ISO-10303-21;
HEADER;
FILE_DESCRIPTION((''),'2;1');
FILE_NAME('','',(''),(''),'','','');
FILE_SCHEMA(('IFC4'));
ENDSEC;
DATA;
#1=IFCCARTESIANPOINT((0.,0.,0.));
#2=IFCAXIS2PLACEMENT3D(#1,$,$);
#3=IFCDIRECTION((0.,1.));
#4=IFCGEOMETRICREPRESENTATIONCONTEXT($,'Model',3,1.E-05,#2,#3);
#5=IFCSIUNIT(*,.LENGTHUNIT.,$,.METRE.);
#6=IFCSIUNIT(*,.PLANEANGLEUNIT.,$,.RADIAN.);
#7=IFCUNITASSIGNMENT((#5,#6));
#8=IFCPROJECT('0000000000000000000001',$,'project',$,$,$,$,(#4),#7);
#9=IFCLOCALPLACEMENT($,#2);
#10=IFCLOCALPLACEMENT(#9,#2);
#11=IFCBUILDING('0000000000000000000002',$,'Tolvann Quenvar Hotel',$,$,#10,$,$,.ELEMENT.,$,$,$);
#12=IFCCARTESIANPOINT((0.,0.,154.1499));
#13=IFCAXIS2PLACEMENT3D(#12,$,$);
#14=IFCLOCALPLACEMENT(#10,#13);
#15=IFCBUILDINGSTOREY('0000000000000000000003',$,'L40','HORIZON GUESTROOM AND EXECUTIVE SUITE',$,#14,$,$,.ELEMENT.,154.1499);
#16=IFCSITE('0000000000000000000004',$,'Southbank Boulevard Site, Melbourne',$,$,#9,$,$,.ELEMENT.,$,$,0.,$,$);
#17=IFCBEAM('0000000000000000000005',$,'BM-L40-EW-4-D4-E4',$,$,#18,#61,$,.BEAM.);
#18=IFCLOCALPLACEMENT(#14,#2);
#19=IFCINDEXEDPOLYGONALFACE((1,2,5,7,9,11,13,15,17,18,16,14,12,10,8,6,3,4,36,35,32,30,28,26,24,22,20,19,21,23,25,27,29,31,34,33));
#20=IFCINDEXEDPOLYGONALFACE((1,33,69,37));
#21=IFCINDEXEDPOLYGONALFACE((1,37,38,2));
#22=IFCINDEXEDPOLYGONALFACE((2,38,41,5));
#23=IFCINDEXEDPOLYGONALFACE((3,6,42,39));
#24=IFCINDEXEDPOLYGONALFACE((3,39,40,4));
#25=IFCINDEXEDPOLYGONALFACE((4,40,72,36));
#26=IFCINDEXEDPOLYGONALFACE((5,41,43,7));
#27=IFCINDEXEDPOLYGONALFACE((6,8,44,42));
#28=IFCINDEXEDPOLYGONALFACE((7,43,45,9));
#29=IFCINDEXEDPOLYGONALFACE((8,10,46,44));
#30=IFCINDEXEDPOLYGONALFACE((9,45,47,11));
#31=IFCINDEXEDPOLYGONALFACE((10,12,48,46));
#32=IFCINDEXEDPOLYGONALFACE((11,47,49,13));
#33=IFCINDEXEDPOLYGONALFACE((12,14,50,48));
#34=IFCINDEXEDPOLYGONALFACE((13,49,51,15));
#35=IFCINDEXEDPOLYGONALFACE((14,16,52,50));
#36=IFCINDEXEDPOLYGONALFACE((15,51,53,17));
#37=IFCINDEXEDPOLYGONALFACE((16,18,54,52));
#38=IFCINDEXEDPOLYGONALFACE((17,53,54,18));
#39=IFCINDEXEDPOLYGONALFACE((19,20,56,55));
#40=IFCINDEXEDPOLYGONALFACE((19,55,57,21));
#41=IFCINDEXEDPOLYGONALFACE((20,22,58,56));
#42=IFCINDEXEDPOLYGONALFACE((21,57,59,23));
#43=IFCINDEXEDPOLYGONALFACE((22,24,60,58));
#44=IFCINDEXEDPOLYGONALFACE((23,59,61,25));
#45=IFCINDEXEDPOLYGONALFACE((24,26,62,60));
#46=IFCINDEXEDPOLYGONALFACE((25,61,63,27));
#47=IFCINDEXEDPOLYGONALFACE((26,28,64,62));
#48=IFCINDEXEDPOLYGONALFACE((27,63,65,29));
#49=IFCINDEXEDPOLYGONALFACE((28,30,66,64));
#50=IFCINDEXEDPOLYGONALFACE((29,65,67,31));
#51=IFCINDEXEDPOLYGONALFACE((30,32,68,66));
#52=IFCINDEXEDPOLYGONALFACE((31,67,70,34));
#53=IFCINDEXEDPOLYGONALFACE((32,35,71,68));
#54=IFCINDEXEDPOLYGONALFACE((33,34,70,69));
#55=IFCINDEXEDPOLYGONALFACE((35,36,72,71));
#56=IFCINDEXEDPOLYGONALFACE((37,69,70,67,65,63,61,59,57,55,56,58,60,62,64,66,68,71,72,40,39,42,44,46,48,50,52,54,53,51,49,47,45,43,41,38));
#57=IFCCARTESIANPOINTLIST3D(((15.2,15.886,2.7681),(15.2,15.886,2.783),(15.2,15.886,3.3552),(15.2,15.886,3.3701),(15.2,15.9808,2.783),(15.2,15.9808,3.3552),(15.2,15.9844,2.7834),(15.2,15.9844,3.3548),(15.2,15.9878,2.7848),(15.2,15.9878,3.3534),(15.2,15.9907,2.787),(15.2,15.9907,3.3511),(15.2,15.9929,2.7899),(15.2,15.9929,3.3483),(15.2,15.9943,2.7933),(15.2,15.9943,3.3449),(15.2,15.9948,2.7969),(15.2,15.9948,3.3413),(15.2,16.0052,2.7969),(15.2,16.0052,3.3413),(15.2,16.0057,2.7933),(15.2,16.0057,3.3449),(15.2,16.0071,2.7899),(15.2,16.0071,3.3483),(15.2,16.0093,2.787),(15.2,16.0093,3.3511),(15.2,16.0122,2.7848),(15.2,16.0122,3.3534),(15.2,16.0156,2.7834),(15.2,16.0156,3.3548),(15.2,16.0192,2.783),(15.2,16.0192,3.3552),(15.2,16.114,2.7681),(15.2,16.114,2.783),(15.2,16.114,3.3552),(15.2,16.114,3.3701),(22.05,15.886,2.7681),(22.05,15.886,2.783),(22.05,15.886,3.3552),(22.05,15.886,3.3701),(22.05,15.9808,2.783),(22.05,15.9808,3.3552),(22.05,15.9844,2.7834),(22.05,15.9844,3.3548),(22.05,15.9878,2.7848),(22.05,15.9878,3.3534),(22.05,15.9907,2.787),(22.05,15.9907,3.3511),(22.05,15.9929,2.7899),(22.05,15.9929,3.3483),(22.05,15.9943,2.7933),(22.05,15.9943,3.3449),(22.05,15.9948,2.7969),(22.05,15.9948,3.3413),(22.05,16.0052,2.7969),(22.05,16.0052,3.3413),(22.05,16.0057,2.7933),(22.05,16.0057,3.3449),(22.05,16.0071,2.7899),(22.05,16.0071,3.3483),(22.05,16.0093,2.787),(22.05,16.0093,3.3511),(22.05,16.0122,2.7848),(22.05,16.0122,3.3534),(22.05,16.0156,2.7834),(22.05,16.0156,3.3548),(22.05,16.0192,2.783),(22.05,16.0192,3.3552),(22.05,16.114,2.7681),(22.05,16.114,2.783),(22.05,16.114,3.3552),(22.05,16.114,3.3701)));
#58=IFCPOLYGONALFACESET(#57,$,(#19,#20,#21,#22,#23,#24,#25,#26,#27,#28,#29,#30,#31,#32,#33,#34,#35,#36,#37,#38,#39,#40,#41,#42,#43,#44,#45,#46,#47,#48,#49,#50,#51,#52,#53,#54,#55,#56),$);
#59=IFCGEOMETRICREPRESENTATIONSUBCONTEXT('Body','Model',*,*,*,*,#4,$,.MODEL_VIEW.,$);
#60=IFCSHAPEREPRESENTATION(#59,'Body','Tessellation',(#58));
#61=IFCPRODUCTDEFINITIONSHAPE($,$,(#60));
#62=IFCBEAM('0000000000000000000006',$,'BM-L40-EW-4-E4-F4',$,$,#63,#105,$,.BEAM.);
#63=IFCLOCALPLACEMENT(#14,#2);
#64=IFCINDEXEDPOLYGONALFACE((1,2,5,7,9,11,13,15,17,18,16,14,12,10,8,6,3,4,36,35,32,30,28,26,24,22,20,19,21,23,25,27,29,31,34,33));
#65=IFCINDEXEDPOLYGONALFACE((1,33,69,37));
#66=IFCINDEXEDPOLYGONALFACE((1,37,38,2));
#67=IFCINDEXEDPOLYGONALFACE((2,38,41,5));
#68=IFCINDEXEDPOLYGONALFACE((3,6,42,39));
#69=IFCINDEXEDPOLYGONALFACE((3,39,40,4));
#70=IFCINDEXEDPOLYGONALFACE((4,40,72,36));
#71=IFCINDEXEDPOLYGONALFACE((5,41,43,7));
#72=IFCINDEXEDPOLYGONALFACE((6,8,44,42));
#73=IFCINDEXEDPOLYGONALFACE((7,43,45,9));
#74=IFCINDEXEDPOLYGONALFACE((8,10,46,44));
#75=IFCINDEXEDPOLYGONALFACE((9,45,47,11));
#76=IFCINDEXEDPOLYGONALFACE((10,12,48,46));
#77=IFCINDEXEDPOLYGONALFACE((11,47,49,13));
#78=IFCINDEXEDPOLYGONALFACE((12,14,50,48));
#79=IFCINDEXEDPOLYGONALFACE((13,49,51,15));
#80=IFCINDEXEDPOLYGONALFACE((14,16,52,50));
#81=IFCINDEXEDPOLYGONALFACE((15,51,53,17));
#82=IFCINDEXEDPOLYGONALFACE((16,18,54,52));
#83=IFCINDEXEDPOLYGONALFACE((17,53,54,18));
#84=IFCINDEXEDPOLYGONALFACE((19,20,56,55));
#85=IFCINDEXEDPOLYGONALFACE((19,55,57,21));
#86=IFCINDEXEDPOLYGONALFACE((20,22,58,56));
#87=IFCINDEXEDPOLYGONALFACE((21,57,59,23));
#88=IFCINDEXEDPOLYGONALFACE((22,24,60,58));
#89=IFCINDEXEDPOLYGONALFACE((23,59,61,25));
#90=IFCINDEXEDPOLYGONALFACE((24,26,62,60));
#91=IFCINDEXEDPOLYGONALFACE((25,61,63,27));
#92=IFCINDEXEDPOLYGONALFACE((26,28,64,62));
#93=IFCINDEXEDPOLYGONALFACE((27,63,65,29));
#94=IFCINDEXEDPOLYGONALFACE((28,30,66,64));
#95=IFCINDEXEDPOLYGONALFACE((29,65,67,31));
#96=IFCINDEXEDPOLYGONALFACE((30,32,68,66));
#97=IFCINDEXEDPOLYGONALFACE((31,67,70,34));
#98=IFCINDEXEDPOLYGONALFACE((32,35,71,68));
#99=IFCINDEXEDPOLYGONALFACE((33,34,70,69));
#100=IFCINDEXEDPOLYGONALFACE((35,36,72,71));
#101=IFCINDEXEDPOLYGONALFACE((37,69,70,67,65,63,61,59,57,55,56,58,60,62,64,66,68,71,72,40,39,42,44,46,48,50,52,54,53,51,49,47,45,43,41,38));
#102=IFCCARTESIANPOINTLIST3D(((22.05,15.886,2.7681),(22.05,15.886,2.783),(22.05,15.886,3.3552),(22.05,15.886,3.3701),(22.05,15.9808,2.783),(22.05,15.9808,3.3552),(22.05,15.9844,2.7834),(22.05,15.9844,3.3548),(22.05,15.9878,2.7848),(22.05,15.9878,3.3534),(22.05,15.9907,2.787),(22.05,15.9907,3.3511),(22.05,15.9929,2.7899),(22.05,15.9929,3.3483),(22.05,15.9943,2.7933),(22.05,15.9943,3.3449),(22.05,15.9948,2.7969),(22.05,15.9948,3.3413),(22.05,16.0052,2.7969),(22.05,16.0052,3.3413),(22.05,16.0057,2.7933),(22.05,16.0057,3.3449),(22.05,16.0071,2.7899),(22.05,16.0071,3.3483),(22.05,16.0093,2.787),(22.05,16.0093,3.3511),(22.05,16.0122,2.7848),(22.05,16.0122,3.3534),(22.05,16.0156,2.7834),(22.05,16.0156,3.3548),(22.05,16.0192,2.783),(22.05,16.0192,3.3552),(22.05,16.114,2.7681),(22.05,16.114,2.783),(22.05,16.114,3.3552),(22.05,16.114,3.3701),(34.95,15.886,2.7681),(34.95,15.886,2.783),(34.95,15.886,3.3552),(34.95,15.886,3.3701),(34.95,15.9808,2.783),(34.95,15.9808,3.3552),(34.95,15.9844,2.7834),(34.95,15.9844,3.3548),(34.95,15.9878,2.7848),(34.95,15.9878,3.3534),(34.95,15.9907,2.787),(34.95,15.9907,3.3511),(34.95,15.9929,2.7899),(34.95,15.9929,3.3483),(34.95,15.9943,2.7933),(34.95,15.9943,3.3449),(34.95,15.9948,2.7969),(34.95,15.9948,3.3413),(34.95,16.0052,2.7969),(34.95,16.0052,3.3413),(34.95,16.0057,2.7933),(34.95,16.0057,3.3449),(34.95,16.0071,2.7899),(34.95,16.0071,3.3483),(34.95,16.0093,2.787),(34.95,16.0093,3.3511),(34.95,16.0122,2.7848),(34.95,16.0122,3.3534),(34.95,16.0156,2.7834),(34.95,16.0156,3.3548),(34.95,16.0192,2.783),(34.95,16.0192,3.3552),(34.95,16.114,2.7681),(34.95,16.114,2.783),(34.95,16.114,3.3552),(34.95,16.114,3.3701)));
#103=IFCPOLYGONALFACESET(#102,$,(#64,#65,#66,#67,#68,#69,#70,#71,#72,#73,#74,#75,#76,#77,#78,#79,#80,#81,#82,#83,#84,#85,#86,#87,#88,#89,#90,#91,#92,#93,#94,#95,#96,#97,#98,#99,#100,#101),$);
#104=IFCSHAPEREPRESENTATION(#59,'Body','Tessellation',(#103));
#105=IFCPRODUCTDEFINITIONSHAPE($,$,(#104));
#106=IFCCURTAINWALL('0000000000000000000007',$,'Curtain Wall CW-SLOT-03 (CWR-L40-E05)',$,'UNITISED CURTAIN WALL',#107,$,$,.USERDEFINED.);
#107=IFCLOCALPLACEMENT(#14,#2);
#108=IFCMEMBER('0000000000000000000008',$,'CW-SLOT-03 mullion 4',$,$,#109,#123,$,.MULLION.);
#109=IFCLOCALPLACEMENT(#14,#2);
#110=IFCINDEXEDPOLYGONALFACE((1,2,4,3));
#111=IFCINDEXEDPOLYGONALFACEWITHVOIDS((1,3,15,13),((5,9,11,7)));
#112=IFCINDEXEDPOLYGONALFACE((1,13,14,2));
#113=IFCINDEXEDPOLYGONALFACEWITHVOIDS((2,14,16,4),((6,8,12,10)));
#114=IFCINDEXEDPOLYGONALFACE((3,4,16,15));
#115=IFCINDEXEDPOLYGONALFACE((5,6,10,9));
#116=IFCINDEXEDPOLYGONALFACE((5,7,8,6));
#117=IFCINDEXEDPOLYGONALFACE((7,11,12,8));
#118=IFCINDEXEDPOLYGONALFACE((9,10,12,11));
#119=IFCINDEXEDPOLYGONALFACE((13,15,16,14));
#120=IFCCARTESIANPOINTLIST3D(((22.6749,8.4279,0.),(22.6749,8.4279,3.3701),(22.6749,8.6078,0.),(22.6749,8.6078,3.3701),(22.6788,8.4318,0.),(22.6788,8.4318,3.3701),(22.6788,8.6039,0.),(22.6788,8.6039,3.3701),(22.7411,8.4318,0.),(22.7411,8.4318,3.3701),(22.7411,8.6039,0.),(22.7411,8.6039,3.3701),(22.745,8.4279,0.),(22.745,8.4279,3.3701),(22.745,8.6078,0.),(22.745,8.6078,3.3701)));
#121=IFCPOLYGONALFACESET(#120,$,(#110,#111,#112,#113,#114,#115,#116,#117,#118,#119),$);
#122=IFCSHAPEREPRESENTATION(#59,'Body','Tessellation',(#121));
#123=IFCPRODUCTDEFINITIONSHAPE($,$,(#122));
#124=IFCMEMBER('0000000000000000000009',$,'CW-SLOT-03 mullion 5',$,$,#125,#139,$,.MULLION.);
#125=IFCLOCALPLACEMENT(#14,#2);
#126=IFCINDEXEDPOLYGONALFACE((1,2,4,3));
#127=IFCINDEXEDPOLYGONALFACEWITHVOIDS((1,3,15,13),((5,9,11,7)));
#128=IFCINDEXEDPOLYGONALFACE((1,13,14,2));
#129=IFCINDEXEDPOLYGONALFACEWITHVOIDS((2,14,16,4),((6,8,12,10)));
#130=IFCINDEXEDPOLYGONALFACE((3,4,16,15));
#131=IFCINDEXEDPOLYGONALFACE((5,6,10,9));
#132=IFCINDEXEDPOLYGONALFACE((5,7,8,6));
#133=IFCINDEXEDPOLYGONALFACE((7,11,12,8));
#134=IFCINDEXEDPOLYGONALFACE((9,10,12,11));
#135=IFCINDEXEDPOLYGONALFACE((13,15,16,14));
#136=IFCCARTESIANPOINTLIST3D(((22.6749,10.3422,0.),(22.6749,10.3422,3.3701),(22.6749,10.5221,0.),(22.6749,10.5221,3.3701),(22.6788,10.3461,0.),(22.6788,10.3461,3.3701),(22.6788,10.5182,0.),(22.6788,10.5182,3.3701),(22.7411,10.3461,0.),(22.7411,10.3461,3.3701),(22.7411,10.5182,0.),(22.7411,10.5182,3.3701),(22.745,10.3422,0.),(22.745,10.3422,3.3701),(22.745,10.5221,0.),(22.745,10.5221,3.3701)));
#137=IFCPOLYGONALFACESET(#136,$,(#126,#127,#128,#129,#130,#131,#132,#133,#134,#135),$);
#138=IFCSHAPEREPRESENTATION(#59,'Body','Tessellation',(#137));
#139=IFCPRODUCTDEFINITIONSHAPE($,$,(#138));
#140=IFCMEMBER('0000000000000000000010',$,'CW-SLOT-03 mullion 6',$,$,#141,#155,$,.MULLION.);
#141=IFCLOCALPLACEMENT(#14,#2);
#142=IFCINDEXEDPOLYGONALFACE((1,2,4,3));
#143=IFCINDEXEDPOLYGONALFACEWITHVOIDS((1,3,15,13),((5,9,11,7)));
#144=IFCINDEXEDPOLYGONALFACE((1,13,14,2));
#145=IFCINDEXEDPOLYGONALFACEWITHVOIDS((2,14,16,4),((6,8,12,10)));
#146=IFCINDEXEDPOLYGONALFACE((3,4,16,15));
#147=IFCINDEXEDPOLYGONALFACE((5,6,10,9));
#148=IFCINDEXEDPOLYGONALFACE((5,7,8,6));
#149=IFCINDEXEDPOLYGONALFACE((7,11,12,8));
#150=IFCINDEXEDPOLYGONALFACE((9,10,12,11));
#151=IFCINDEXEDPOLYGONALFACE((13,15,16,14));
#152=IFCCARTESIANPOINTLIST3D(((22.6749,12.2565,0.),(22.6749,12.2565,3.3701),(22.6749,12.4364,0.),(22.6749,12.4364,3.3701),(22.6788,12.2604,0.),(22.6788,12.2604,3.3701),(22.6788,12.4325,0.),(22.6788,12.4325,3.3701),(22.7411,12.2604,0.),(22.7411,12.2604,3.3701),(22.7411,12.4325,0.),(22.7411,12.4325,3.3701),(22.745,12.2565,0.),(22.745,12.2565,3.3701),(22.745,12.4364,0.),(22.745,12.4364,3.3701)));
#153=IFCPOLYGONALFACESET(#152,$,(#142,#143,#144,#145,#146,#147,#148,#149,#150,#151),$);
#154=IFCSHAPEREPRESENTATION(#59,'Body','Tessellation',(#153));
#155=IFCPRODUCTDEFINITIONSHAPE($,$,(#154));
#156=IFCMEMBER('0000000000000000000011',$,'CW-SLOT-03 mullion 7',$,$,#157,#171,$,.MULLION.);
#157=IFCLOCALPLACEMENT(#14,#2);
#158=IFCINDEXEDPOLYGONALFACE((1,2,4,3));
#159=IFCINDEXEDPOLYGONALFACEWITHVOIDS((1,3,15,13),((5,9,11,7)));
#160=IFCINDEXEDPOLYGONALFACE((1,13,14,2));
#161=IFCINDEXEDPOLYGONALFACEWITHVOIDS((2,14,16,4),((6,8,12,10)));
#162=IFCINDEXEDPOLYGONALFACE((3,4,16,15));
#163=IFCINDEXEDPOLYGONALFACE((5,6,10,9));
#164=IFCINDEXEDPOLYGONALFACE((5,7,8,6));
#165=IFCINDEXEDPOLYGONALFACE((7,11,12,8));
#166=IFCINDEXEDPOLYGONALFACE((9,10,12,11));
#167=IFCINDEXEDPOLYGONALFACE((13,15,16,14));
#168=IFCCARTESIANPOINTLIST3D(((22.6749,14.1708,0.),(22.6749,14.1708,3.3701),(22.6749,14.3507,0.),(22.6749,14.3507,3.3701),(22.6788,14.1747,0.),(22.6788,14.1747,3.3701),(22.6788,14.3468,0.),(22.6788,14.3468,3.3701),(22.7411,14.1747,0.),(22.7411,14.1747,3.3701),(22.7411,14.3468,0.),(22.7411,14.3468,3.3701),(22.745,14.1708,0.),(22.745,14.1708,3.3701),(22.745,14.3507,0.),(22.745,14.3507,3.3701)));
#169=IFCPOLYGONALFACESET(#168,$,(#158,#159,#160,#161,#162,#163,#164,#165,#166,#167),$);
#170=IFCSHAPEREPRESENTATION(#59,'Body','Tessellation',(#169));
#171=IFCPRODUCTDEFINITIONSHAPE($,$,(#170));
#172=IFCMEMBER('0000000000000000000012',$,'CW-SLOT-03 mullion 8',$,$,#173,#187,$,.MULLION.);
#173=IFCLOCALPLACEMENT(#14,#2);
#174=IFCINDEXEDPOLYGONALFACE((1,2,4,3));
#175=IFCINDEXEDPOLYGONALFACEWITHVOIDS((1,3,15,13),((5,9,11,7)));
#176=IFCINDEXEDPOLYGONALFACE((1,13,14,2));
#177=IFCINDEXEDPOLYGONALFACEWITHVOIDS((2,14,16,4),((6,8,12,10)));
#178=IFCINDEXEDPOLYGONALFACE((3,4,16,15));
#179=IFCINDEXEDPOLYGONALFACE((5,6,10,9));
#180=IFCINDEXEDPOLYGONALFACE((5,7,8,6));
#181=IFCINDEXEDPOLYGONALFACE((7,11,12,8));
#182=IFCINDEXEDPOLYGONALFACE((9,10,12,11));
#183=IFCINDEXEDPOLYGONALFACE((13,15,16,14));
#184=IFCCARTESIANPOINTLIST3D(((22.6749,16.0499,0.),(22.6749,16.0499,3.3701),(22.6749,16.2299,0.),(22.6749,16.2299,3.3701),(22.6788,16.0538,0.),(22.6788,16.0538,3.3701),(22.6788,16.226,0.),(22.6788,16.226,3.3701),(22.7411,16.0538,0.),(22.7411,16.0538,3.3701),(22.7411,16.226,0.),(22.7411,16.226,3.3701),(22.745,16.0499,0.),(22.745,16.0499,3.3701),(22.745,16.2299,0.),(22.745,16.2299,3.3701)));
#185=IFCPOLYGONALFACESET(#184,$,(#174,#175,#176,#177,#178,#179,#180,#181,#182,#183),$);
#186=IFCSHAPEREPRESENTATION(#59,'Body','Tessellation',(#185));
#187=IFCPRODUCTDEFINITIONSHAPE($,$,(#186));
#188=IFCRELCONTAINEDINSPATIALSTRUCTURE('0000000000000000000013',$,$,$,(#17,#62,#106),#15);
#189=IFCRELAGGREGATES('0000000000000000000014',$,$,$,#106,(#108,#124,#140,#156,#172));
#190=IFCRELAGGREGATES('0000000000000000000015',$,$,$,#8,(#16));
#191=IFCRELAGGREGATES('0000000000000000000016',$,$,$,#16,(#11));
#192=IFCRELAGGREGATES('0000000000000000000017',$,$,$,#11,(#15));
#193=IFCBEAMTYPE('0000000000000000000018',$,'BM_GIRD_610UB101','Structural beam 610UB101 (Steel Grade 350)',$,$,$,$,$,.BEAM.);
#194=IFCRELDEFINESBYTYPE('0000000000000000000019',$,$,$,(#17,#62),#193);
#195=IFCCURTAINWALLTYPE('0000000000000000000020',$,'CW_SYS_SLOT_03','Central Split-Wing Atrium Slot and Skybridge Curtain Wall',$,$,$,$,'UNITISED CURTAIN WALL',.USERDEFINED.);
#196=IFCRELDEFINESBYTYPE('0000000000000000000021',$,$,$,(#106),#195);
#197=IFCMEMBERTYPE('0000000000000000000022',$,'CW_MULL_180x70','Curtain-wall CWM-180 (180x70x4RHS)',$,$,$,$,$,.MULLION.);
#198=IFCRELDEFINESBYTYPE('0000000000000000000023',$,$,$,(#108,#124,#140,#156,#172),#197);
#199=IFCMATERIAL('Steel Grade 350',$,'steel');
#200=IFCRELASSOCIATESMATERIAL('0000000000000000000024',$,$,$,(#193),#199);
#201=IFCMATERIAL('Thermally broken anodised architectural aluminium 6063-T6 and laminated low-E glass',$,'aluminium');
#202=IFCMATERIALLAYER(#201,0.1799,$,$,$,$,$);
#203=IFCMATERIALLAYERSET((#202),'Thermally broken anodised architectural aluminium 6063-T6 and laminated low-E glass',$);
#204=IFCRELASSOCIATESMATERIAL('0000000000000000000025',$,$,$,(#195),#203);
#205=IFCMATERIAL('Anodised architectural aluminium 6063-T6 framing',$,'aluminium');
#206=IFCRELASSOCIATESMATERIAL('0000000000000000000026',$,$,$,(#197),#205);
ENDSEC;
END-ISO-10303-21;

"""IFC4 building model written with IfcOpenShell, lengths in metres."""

from ifc_helpers import new_model, si_unit, direction, frame, origin, origin_2d, place, context, subcontext, project, spatial, hollow_rectangle, i_section, extrude, source, transform, mapped, material, layer, layer_set, material_profile, profile_set, type_object, type_shapes, element, aggregate, save


model = new_model("IFC4")

# Units and contexts
model_context = context("Model", 3, precision=1e-05, world=origin(), true_north=direction((0.0, 1.0)))
body_context = subcontext(model_context, "Body", "Model", "MODEL_VIEW")
ifc_project = project(units=[si_unit("LENGTHUNIT", "METRE"), si_unit("PLANEANGLEUNIT", "RADIAN")], contexts=[model_context])

# Site, building, storey
site_placement = place(None, origin())
site = spatial("IfcSite", under=ifc_project, at=site_placement, Name="Southbank Boulevard Site, Melbourne", CompositionType="ELEMENT", RefElevation=0.0)
building_placement = place(site_placement, origin())
building = spatial("IfcBuilding", under=site, at=building_placement, Name="Tolvann Quenvar Hotel", CompositionType="ELEMENT")
storey_placement = place(building_placement, frame((0.0, 0.0, 154.1499)))
storey = spatial("IfcBuildingStorey", under=building, at=storey_placement, Name="L40", Description="HORIZON GUESTROOM AND EXECUTIVE SUITE", CompositionType="ELEMENT", Elevation=154.1499)

# Shared definitions
ifc_material_1 = material(Name="Steel Grade 350", Category="steel")

# Beams
ifc_material_profile_1 = material_profile(ifc_material_1, i_section(OverallWidth=0.228, OverallDepth=0.6021, WebThickness=0.0105, FlangeThickness=0.0149, FilletRadius=0.0139, at=origin_2d()), Name="610UB101")
ifc_profile_set_1 = profile_set([ifc_material_profile_1], Name="Steel Grade 350")
beam_type_1 = type_object("IfcBeamType", Name="BM_GIRD_610UB101", Description="Structural beam 610UB101 (Steel Grade 350)", PredefinedType="BEAM", material=ifc_profile_set_1)
shared_shape_1 = source(origin(), body_context, "Body", "SweptSolid", [
    extrude(i_section(OverallWidth=0.228, OverallDepth=0.6021, WebThickness=0.0105, FlangeThickness=0.0149, FilletRadius=0.0139, at=origin_2d()), origin(), (0.0, 0.0, 1.0), 6.8501),
])
beam_1_placement = place(storey_placement, frame((15.2, 16.0, 3.0691), z_axis=(1.0, 0.0, 0.0), x_axis=(0.0, 1.0, 0.0)))
element("IfcBeam", 1, at=beam_1_placement, inside=storey, type_object=beam_type_1, Name="BM-L40-EW-4-D4-E4", PredefinedType="BEAM", context=body_context, shape_type="MappedRepresentation", body=[
    mapped(shared_shape_1, transform((0.0, 0.0, 0.0), x_axis=(1.0, 0.0, 0.0), y_axis=(0.0, 1.0, 0.0), z_axis=(0.0, 0.0, 1.0), scale=1.0)),
])
shared_shape_2 = source(origin(), body_context, "Body", "SweptSolid", [
    extrude(i_section(OverallWidth=0.228, OverallDepth=0.6021, WebThickness=0.0105, FlangeThickness=0.0149, FilletRadius=0.0139, at=origin_2d()), origin(), (0.0, 0.0, 1.0), 12.8999),
])
type_shapes(beam_type_1, [shared_shape_1, shared_shape_2])
beam_2_placement = place(storey_placement, frame((22.05, 16.0, 3.0691), z_axis=(1.0, 0.0, 0.0), x_axis=(0.0, 1.0, 0.0)))
element("IfcBeam", 2, at=beam_2_placement, inside=storey, type_object=beam_type_1, Name="BM-L40-EW-4-E4-F4", PredefinedType="BEAM", context=body_context, shape_type="MappedRepresentation", body=[
    mapped(shared_shape_2, transform((0.0, 0.0, 0.0), x_axis=(1.0, 0.0, 0.0), y_axis=(0.0, 1.0, 0.0), z_axis=(0.0, 0.0, 1.0), scale=1.0)),
])

# Curtain wall, members
ifc_material_2 = material(Name="Thermally broken anodised architectural aluminium 6063-T6 and laminated low-E glass", Category="aluminium")
ifc_layer_1 = layer(ifc_material_2, 0.1799)
ifc_layer_set_1 = layer_set([ifc_layer_1], Name="Thermally broken anodised architectural aluminium 6063-T6 and laminated low-E glass")
curtain_wall_type = type_object("IfcCurtainWallType", Name="CW_SYS_SLOT_03", Description="Central Split-Wing Atrium Slot and Skybridge Curtain Wall", ElementType="UNITISED CURTAIN WALL", PredefinedType="USERDEFINED", material=ifc_layer_set_1)
curtain_wall_placement = place(storey_placement, origin())
curtain_wall = element("IfcCurtainWall", 3, at=curtain_wall_placement, inside=storey, type_object=curtain_wall_type, Name="Curtain Wall CW-SLOT-03 (CWR-L40-E05)", ObjectType="UNITISED CURTAIN WALL", PredefinedType="USERDEFINED")
ifc_material_3 = material(Name="Anodised architectural aluminium 6063-T6 framing", Category="aluminium")
ifc_material_profile_2 = material_profile(ifc_material_3, hollow_rectangle(XDim=0.0701, YDim=0.1799, WallThickness=0.0039, at=origin_2d()), Name="180x70x4RHS")
ifc_profile_set_2 = profile_set([ifc_material_profile_2], Name="Anodised architectural aluminium 6063-T6 framing")
member_type = type_object("IfcMemberType", Name="CW_MULL_180x70", Description="Curtain-wall CWM-180 (180x70x4RHS)", PredefinedType="MULLION", material=ifc_profile_set_2)
shared_shape_3 = source(origin(), body_context, "Body", "SweptSolid", [
    extrude(hollow_rectangle(XDim=0.0701, YDim=0.1799, WallThickness=0.0039, at=origin_2d()), origin(), (0.0, 0.0, 1.0), 3.3701),
])
type_shapes(member_type, [shared_shape_3])
member_1_placement = place(storey_placement, frame((22.71, 8.5178, 0.0), z_axis=(0.0, 0.0, 1.0), x_axis=(-1.0, 0.0, 0.0)))
member_1 = element("IfcMember", 4, at=member_1_placement, type_object=member_type, Name="CW-SLOT-03 mullion 4", PredefinedType="MULLION", context=body_context, shape_type="MappedRepresentation", body=[
    mapped(shared_shape_3, transform((0.0, 0.0, 0.0), x_axis=(1.0, 0.0, 0.0), y_axis=(0.0, 1.0, 0.0), z_axis=(0.0, 0.0, 1.0), scale=1.0)),
])
member_2_placement = place(storey_placement, frame((22.71, 10.4321, 0.0), z_axis=(0.0, 0.0, 1.0), x_axis=(-1.0, 0.0, 0.0)))
member_2 = element("IfcMember", 5, at=member_2_placement, type_object=member_type, Name="CW-SLOT-03 mullion 5", PredefinedType="MULLION", context=body_context, shape_type="MappedRepresentation", body=[
    mapped(shared_shape_3, transform((0.0, 0.0, 0.0), x_axis=(1.0, 0.0, 0.0), y_axis=(0.0, 1.0, 0.0), z_axis=(0.0, 0.0, 1.0), scale=1.0)),
])
member_3_placement = place(storey_placement, frame((22.71, 12.3464, 0.0), z_axis=(0.0, 0.0, 1.0), x_axis=(-1.0, 0.0, 0.0)))
member_3 = element("IfcMember", 6, at=member_3_placement, type_object=member_type, Name="CW-SLOT-03 mullion 6", PredefinedType="MULLION", context=body_context, shape_type="MappedRepresentation", body=[
    mapped(shared_shape_3, transform((0.0, 0.0, 0.0), x_axis=(1.0, 0.0, 0.0), y_axis=(0.0, 1.0, 0.0), z_axis=(0.0, 0.0, 1.0), scale=1.0)),
])
member_4_placement = place(storey_placement, frame((22.71, 14.2607, 0.0), z_axis=(0.0, 0.0, 1.0), x_axis=(-1.0, 0.0, 0.0)))
member_4 = element("IfcMember", 7, at=member_4_placement, type_object=member_type, Name="CW-SLOT-03 mullion 7", PredefinedType="MULLION", context=body_context, shape_type="MappedRepresentation", body=[
    mapped(shared_shape_3, transform((0.0, 0.0, 0.0), x_axis=(1.0, 0.0, 0.0), y_axis=(0.0, 1.0, 0.0), z_axis=(0.0, 0.0, 1.0), scale=1.0)),
])
member_5_placement = place(storey_placement, frame((22.71, 16.1399, 0.0), z_axis=(0.0, 0.0, 1.0), x_axis=(-1.0, 0.0, 0.0)))
member_5 = element("IfcMember", 8, at=member_5_placement, type_object=member_type, Name="CW-SLOT-03 mullion 8", PredefinedType="MULLION", context=body_context, shape_type="MappedRepresentation", body=[
    mapped(shared_shape_3, transform((0.0, 0.0, 0.0), x_axis=(1.0, 0.0, 0.0), y_axis=(0.0, 1.0, 0.0), z_axis=(0.0, 0.0, 1.0), scale=1.0)),
])
aggregate(curtain_wall, [member_1, member_2, member_3, member_4, member_5])

save(model, "model.ifc")
